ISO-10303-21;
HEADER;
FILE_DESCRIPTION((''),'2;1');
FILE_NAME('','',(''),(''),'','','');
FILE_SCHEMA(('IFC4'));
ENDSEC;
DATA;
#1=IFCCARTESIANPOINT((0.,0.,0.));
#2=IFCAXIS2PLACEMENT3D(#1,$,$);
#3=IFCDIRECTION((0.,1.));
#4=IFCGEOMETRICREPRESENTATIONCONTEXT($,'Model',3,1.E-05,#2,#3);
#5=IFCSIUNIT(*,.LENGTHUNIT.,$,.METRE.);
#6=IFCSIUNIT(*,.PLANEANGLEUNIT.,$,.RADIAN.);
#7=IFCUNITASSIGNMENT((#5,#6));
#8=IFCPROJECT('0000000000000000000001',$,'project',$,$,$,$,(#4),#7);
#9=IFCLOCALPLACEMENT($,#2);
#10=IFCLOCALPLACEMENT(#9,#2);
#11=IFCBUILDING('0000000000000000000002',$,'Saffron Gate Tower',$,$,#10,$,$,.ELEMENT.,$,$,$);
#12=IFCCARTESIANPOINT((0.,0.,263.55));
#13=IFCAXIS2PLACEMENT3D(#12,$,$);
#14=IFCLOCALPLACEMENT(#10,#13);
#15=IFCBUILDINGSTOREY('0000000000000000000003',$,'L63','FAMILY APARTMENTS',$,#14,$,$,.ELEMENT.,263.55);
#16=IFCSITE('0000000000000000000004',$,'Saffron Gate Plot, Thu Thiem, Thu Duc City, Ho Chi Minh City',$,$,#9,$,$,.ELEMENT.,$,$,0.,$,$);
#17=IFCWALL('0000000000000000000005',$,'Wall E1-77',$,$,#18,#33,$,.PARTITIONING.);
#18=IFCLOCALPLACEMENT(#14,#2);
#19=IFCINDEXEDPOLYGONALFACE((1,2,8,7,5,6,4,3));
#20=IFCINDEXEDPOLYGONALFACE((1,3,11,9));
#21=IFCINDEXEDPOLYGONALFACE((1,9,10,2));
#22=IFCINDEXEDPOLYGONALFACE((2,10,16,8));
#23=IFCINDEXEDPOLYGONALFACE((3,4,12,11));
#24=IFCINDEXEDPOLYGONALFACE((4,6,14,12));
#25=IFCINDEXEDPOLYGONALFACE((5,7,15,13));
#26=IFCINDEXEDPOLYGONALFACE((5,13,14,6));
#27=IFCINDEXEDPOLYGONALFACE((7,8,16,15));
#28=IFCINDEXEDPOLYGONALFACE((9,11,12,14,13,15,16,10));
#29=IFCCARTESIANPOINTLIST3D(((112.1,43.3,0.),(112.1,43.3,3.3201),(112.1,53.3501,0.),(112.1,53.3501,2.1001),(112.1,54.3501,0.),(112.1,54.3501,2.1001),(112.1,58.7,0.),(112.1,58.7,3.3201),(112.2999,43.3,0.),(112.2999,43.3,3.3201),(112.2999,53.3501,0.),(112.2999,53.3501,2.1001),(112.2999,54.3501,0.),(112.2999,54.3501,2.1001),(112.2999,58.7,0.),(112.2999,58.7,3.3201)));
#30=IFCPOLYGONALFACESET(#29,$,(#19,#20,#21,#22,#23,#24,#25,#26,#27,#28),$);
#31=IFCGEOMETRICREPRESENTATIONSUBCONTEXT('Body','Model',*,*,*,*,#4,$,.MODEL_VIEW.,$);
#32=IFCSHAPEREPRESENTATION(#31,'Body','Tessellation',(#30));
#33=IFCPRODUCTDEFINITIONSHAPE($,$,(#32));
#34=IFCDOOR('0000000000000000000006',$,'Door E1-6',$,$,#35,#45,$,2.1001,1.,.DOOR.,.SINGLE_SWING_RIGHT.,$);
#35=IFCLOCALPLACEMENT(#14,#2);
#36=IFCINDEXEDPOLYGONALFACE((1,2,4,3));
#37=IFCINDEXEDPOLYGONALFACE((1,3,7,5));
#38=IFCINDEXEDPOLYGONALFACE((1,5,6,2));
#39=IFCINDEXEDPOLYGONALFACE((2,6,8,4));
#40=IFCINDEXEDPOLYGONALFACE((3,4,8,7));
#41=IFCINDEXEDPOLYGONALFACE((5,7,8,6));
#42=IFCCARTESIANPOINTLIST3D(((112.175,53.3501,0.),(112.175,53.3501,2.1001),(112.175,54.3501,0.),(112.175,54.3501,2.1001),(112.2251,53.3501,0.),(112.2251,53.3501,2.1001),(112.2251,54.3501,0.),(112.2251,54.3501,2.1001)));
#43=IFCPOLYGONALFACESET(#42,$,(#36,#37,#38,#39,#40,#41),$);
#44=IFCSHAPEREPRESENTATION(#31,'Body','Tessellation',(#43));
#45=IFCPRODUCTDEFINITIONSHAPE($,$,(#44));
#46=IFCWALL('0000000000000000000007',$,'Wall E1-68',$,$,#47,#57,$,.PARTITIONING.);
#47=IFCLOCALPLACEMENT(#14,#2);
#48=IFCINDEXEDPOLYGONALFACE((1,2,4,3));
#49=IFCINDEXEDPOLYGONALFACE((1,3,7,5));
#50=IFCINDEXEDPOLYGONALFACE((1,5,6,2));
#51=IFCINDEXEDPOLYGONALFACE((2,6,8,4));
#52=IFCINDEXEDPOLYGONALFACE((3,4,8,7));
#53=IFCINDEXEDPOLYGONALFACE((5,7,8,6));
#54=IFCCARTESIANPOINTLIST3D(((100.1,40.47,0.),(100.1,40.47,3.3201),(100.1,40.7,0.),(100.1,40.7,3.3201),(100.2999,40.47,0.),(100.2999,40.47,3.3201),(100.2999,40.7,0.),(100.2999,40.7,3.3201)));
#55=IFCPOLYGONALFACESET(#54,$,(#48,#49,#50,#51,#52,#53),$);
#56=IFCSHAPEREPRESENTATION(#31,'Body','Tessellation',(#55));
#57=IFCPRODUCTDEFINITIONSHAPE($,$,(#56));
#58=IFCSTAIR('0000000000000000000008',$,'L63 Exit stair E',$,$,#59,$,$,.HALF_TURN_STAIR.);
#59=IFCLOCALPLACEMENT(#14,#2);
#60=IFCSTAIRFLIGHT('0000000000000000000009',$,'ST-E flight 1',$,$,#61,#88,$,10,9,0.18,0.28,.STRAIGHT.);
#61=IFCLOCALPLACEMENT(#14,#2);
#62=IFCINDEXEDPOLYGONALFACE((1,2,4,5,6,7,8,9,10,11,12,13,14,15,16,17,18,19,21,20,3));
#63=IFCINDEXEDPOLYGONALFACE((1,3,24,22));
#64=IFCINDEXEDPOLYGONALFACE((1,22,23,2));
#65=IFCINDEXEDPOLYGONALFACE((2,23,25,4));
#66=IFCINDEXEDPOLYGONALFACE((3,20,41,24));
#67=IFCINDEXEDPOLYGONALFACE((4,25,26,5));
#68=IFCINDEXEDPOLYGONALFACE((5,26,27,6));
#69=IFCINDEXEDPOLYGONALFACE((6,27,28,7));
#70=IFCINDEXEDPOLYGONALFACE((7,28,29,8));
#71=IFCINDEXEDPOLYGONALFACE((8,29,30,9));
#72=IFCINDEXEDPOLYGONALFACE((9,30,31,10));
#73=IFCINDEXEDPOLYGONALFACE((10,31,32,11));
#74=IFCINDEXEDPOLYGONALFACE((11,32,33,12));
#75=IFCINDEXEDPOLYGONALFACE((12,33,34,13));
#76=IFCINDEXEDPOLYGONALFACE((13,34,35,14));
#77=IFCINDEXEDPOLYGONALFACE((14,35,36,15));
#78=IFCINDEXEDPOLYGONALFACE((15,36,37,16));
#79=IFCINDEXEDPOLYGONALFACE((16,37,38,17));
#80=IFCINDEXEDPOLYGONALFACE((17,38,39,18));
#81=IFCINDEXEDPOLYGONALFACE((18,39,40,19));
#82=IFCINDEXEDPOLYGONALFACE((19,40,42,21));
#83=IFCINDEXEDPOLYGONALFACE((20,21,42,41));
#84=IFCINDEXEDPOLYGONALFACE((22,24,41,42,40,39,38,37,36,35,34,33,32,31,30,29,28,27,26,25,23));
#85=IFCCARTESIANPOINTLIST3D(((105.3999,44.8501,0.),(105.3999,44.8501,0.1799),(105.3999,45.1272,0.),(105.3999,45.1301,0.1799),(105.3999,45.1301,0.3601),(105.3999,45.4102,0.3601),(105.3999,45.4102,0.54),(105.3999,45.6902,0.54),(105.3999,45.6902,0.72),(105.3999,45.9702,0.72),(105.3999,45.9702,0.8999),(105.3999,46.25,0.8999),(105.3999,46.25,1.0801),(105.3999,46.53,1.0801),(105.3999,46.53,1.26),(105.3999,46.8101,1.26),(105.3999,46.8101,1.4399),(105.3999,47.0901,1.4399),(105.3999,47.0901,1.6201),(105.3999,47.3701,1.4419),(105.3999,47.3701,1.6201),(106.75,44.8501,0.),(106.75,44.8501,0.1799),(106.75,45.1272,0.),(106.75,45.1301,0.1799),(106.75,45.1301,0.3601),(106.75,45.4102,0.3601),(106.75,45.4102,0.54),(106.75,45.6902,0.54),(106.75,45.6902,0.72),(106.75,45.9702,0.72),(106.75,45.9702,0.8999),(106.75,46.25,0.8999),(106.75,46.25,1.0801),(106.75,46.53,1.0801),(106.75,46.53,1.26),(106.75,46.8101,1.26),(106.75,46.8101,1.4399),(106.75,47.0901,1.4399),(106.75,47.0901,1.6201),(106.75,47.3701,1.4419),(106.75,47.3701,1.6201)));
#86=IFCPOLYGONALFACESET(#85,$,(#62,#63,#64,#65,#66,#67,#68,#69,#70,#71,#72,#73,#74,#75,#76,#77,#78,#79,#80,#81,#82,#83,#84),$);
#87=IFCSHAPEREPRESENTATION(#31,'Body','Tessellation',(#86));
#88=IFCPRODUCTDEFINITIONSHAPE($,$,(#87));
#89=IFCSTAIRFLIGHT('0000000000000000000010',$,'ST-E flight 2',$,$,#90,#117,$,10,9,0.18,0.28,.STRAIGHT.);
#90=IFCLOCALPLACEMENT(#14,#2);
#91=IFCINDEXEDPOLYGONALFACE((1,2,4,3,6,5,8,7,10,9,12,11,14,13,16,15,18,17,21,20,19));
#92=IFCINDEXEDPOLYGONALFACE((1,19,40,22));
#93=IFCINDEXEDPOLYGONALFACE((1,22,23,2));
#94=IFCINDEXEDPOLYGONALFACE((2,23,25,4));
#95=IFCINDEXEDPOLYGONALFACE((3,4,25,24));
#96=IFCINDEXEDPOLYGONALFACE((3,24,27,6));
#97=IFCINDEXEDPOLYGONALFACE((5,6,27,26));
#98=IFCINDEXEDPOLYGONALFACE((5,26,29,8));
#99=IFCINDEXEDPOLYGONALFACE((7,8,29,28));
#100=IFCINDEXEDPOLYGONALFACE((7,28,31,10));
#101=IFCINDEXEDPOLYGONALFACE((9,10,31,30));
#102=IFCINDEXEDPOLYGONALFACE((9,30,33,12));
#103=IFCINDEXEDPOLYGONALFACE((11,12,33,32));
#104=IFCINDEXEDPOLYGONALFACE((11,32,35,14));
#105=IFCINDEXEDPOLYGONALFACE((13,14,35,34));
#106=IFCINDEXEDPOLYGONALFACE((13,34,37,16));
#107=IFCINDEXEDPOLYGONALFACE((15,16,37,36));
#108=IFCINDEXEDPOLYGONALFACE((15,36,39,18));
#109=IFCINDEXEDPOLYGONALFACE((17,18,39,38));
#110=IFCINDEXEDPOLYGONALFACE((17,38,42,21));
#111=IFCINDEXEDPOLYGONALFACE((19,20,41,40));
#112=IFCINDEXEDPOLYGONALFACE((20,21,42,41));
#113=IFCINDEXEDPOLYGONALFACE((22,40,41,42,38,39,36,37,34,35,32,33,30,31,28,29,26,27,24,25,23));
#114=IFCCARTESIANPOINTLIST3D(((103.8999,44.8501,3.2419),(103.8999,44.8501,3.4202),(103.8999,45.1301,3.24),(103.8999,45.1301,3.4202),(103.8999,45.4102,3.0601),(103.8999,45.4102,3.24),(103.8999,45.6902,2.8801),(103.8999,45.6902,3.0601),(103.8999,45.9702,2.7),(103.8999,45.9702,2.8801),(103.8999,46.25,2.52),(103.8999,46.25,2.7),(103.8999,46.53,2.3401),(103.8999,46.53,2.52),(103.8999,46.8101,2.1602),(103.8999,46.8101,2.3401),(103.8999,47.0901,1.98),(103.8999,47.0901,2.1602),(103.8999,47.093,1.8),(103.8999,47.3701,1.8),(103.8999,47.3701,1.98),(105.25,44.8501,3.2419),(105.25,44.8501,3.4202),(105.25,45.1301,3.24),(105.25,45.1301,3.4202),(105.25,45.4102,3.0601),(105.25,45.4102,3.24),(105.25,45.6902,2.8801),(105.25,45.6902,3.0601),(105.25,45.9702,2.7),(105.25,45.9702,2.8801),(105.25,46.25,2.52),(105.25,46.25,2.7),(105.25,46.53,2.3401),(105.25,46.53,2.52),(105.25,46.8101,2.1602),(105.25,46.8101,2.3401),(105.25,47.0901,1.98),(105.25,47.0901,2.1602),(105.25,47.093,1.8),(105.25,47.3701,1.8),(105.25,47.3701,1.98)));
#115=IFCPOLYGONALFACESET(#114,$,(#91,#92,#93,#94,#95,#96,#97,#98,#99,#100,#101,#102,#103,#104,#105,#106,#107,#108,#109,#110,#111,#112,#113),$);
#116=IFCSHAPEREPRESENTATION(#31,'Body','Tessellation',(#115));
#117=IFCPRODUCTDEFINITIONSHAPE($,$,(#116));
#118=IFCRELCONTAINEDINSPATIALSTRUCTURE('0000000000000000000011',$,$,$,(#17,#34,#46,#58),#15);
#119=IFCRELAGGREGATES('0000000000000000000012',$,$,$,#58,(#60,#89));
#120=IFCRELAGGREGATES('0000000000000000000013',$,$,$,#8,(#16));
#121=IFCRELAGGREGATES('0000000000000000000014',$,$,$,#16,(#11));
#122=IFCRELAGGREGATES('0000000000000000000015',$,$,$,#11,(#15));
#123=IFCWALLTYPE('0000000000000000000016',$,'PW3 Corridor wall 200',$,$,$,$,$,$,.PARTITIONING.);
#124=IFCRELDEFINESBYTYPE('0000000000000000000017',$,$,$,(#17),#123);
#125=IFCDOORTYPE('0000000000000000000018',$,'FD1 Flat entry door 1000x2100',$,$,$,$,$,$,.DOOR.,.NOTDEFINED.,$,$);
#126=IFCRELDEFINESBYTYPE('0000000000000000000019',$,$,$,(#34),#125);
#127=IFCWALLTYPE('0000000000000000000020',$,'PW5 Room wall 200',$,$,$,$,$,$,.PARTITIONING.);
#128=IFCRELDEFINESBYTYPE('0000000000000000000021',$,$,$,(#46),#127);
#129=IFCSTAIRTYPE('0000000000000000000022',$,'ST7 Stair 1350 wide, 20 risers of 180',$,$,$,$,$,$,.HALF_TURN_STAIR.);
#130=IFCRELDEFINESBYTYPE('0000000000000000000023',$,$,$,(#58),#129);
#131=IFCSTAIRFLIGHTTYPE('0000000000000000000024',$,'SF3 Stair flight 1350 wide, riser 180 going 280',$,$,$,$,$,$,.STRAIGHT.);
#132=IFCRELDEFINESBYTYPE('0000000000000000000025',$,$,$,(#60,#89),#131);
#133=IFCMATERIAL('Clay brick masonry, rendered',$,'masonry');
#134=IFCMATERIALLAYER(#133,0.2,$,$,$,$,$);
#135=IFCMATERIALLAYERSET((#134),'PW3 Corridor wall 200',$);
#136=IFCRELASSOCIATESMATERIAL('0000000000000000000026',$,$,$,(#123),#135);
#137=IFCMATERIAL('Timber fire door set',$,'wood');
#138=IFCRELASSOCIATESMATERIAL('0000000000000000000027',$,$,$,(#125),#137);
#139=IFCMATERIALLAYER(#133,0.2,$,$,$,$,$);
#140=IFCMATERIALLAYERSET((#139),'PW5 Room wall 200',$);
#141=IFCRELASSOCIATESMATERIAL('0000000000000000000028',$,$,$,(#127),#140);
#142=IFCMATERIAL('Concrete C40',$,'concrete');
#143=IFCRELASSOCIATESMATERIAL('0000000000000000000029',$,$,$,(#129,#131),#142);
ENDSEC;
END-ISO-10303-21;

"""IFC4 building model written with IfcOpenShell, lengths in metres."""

from ifc_helpers import new_model, si_unit, direction, frame, frame_2d, origin, place, context, subcontext, project, spatial, polyline, rectangle, outline, extrude, material, layer, layer_set, type_object, element, fill, aggregate, save


model = new_model("IFC4")

# Units and contexts
model_context = context("Model", 3, precision=1e-05, world=origin(), true_north=direction((0.0, 1.0)))
body_context = subcontext(model_context, "Body", "Model", "MODEL_VIEW")
ifc_project = project(units=[si_unit("LENGTHUNIT", "METRE"), si_unit("PLANEANGLEUNIT", "RADIAN")], contexts=[model_context])

# Site, building, storey
site_placement = place(None, origin())
site = spatial("IfcSite", under=ifc_project, at=site_placement, Name="Saffron Gate Plot, Thu Thiem, Thu Duc City, Ho Chi Minh City", CompositionType="ELEMENT", RefElevation=0.0)
building_placement = place(site_placement, origin())
building = spatial("IfcBuilding", under=site, at=building_placement, Name="Saffron Gate Tower", CompositionType="ELEMENT")
storey_placement = place(building_placement, frame((0.0, 0.0, 263.55)))
storey = spatial("IfcBuildingStorey", under=building, at=storey_placement, Name="L63", Description="FAMILY APARTMENTS", CompositionType="ELEMENT", Elevation=263.55)

# Shared definitions
ifc_material_1 = material(Name="Concrete C40", Category="concrete")

# Shared definitions
ifc_material_2 = material(Name="Clay brick masonry, rendered", Category="masonry")
ifc_layer_1 = layer(ifc_material_2, 0.2)
ifc_layer_set_1 = layer_set([ifc_layer_1], Name="PW3 Corridor wall 200")
wall_type_1 = type_object("IfcWallType", Name="PW3 Corridor wall 200", PredefinedType="PARTITIONING", material=ifc_layer_set_1)

# Wall, opening, door
wall_1_placement = place(storey_placement, frame((112.2, 43.3, 0.0), z_axis=(0.0, 0.0, 1.0), x_axis=(0.0, 1.0, 0.0)))
wall_1 = element("IfcWall", 1, at=wall_1_placement, inside=storey, type_object=wall_type_1, Name="Wall E1-77", PredefinedType="PARTITIONING", context=body_context, shape_type="SweptSolid", body=[
    extrude(rectangle(XDim=15.3999, YDim=0.2, at=frame_2d((7.7, 0.0))), origin(), (0.0, 0.0, 1.0), 3.3201),
])
opening_1_placement = place(wall_1_placement, frame((10.05, 0.0, 0.0)))
opening_1 = element("IfcOpeningElement", 2, at=opening_1_placement, cuts=wall_1, PredefinedType="OPENING", context=body_context, shape_type="SweptSolid", body=[
    extrude(rectangle(XDim=1.0, YDim=2.1001, at=frame_2d((0.5, 1.05))), frame((0.0, 0.1099, 0.0), z_axis=(0.0, -1.0, 0.0), x_axis=(1.0, 0.0, 0.0)), (0.0, 0.0, 1.0), 0.22),
])
ifc_material_3 = material(Name="Timber fire door set", Category="wood")
door_type_1 = type_object("IfcDoorType", Name="FD1 Flat entry door 1000x2100", OperationType="NOTDEFINED", PredefinedType="DOOR", material=ifc_material_3)
door_1_placement = place(opening_1_placement, origin())
door_1 = element("IfcDoor", 3, at=door_1_placement, inside=storey, type_object=door_type_1, Name="Door E1-6", OperationType="SINGLE_SWING_RIGHT", OverallHeight=2.1001, OverallWidth=1.0, PredefinedType="DOOR", context=body_context, shape_type="SweptSolid", body=[
    extrude(rectangle(XDim=1.0, YDim=2.1001, at=frame_2d((0.5, 1.05))), frame((0.0, 0.0249, 0.0), z_axis=(0.0, -1.0, 0.0), x_axis=(1.0, 0.0, 0.0)), (0.0, 0.0, 1.0), 0.05),
])
fill(opening_1, door_1)

# Wall
ifc_layer_2 = layer(ifc_material_2, 0.2)
ifc_layer_set_2 = layer_set([ifc_layer_2], Name="PW5 Room wall 200")
wall_type_2 = type_object("IfcWallType", Name="PW5 Room wall 200", PredefinedType="PARTITIONING", material=ifc_layer_set_2)
wall_2_placement = place(storey_placement, frame((100.2, 40.7, 0.0), z_axis=(0.0, 0.0, 1.0), x_axis=(0.0, -1.0, 0.0)))
element("IfcWall", 4, at=wall_2_placement, inside=storey, type_object=wall_type_2, Name="Wall E1-68", PredefinedType="PARTITIONING", context=body_context, shape_type="SweptSolid", body=[
    extrude(rectangle(XDim=0.23, YDim=0.2, at=frame_2d((0.115, 0.0))), origin(), (0.0, 0.0, 1.0), 3.3201),
])

# Stair, stair flights
stair_type = type_object("IfcStairType", Name="ST7 Stair 1350 wide, 20 risers of 180", PredefinedType="HALF_TURN_STAIR", material=ifc_material_1)
stair_placement = place(storey_placement, origin())
stair = element("IfcStair", 5, at=stair_placement, inside=storey, type_object=stair_type, Name="L63 Exit stair E", PredefinedType="HALF_TURN_STAIR")
stair_flight_type = type_object("IfcStairFlightType", Name="SF3 Stair flight 1350 wide, riser 180 going 280", PredefinedType="STRAIGHT", material=ifc_material_1)
stair_flight_1_placement = place(storey_placement, frame((106.075, 44.8501, 0.0), z_axis=(0.0, 0.0, 1.0), x_axis=(0.0, 1.0, 0.0)))
stair_flight_1 = element("IfcStairFlight", 6, at=stair_flight_1_placement, type_object=stair_flight_type, Name="ST-E flight 1", NumberOfRisers=10, NumberOfTreads=9, PredefinedType="STRAIGHT", RiserHeight=0.18, TreadLength=0.28, context=body_context, shape_type="SweptSolid", body=[
    extrude(outline(polyline([(0.0, 0.0), (0.0, 0.1799), (0.28, 0.1799), (0.28, 0.3601), (0.5601, 0.3601), (0.5601, 0.54), (0.8401, 0.54), (0.8401, 0.72), (1.1201, 0.72), (1.1201, 0.8999), (1.3999, 0.8999), (1.3999, 1.0801), (1.6799, 1.0801), (1.6799, 1.26), (1.96, 1.26), (1.96, 1.4399), (2.24, 1.4399), (2.24, 1.6201), (2.52, 1.6201), (2.52, 1.8), (2.52, 1.4419), (0.2771, 0.0), (0.0, 0.0)])), frame((0.0, 0.675, 0.0), z_axis=(0.0, -1.0, 0.0), x_axis=(1.0, 0.0, 0.0)), (0.0, 0.0, 1.0), 1.3501),
])
stair_flight_2_placement = place(storey_placement, frame((104.575, 47.3701, 1.8), z_axis=(0.0, 0.0, 1.0), x_axis=(0.0, -1.0, 0.0)))
stair_flight_2 = element("IfcStairFlight", 7, at=stair_flight_2_placement, type_object=stair_flight_type, Name="ST-E flight 2", NumberOfRisers=10, NumberOfTreads=9, PredefinedType="STRAIGHT", RiserHeight=0.18, TreadLength=0.28, context=body_context, shape_type="SweptSolid", body=[
    extrude(outline(polyline([(0.0, 0.0), (0.0, 0.1799), (0.28, 0.1799), (0.28, 0.3601), (0.5601, 0.3601), (0.5601, 0.54), (0.8401, 0.54), (0.8401, 0.72), (1.1201, 0.72), (1.1201, 0.8999), (1.3999, 0.8999), (1.3999, 1.0801), (1.6799, 1.0801), (1.6799, 1.26), (1.96, 1.26), (1.96, 1.4399), (2.24, 1.4399), (2.24, 1.6201), (2.52, 1.6201), (2.52, 1.8), (2.52, 1.4419), (0.2771, 0.0), (0.0, 0.0)])), frame((0.0, 0.675, 0.0), z_axis=(0.0, -1.0, 0.0), x_axis=(1.0, 0.0, 0.0)), (0.0, 0.0, 1.0), 1.3501),
])
aggregate(stair, [stair_flight_1, stair_flight_2])

save(model, "model.ifc")
